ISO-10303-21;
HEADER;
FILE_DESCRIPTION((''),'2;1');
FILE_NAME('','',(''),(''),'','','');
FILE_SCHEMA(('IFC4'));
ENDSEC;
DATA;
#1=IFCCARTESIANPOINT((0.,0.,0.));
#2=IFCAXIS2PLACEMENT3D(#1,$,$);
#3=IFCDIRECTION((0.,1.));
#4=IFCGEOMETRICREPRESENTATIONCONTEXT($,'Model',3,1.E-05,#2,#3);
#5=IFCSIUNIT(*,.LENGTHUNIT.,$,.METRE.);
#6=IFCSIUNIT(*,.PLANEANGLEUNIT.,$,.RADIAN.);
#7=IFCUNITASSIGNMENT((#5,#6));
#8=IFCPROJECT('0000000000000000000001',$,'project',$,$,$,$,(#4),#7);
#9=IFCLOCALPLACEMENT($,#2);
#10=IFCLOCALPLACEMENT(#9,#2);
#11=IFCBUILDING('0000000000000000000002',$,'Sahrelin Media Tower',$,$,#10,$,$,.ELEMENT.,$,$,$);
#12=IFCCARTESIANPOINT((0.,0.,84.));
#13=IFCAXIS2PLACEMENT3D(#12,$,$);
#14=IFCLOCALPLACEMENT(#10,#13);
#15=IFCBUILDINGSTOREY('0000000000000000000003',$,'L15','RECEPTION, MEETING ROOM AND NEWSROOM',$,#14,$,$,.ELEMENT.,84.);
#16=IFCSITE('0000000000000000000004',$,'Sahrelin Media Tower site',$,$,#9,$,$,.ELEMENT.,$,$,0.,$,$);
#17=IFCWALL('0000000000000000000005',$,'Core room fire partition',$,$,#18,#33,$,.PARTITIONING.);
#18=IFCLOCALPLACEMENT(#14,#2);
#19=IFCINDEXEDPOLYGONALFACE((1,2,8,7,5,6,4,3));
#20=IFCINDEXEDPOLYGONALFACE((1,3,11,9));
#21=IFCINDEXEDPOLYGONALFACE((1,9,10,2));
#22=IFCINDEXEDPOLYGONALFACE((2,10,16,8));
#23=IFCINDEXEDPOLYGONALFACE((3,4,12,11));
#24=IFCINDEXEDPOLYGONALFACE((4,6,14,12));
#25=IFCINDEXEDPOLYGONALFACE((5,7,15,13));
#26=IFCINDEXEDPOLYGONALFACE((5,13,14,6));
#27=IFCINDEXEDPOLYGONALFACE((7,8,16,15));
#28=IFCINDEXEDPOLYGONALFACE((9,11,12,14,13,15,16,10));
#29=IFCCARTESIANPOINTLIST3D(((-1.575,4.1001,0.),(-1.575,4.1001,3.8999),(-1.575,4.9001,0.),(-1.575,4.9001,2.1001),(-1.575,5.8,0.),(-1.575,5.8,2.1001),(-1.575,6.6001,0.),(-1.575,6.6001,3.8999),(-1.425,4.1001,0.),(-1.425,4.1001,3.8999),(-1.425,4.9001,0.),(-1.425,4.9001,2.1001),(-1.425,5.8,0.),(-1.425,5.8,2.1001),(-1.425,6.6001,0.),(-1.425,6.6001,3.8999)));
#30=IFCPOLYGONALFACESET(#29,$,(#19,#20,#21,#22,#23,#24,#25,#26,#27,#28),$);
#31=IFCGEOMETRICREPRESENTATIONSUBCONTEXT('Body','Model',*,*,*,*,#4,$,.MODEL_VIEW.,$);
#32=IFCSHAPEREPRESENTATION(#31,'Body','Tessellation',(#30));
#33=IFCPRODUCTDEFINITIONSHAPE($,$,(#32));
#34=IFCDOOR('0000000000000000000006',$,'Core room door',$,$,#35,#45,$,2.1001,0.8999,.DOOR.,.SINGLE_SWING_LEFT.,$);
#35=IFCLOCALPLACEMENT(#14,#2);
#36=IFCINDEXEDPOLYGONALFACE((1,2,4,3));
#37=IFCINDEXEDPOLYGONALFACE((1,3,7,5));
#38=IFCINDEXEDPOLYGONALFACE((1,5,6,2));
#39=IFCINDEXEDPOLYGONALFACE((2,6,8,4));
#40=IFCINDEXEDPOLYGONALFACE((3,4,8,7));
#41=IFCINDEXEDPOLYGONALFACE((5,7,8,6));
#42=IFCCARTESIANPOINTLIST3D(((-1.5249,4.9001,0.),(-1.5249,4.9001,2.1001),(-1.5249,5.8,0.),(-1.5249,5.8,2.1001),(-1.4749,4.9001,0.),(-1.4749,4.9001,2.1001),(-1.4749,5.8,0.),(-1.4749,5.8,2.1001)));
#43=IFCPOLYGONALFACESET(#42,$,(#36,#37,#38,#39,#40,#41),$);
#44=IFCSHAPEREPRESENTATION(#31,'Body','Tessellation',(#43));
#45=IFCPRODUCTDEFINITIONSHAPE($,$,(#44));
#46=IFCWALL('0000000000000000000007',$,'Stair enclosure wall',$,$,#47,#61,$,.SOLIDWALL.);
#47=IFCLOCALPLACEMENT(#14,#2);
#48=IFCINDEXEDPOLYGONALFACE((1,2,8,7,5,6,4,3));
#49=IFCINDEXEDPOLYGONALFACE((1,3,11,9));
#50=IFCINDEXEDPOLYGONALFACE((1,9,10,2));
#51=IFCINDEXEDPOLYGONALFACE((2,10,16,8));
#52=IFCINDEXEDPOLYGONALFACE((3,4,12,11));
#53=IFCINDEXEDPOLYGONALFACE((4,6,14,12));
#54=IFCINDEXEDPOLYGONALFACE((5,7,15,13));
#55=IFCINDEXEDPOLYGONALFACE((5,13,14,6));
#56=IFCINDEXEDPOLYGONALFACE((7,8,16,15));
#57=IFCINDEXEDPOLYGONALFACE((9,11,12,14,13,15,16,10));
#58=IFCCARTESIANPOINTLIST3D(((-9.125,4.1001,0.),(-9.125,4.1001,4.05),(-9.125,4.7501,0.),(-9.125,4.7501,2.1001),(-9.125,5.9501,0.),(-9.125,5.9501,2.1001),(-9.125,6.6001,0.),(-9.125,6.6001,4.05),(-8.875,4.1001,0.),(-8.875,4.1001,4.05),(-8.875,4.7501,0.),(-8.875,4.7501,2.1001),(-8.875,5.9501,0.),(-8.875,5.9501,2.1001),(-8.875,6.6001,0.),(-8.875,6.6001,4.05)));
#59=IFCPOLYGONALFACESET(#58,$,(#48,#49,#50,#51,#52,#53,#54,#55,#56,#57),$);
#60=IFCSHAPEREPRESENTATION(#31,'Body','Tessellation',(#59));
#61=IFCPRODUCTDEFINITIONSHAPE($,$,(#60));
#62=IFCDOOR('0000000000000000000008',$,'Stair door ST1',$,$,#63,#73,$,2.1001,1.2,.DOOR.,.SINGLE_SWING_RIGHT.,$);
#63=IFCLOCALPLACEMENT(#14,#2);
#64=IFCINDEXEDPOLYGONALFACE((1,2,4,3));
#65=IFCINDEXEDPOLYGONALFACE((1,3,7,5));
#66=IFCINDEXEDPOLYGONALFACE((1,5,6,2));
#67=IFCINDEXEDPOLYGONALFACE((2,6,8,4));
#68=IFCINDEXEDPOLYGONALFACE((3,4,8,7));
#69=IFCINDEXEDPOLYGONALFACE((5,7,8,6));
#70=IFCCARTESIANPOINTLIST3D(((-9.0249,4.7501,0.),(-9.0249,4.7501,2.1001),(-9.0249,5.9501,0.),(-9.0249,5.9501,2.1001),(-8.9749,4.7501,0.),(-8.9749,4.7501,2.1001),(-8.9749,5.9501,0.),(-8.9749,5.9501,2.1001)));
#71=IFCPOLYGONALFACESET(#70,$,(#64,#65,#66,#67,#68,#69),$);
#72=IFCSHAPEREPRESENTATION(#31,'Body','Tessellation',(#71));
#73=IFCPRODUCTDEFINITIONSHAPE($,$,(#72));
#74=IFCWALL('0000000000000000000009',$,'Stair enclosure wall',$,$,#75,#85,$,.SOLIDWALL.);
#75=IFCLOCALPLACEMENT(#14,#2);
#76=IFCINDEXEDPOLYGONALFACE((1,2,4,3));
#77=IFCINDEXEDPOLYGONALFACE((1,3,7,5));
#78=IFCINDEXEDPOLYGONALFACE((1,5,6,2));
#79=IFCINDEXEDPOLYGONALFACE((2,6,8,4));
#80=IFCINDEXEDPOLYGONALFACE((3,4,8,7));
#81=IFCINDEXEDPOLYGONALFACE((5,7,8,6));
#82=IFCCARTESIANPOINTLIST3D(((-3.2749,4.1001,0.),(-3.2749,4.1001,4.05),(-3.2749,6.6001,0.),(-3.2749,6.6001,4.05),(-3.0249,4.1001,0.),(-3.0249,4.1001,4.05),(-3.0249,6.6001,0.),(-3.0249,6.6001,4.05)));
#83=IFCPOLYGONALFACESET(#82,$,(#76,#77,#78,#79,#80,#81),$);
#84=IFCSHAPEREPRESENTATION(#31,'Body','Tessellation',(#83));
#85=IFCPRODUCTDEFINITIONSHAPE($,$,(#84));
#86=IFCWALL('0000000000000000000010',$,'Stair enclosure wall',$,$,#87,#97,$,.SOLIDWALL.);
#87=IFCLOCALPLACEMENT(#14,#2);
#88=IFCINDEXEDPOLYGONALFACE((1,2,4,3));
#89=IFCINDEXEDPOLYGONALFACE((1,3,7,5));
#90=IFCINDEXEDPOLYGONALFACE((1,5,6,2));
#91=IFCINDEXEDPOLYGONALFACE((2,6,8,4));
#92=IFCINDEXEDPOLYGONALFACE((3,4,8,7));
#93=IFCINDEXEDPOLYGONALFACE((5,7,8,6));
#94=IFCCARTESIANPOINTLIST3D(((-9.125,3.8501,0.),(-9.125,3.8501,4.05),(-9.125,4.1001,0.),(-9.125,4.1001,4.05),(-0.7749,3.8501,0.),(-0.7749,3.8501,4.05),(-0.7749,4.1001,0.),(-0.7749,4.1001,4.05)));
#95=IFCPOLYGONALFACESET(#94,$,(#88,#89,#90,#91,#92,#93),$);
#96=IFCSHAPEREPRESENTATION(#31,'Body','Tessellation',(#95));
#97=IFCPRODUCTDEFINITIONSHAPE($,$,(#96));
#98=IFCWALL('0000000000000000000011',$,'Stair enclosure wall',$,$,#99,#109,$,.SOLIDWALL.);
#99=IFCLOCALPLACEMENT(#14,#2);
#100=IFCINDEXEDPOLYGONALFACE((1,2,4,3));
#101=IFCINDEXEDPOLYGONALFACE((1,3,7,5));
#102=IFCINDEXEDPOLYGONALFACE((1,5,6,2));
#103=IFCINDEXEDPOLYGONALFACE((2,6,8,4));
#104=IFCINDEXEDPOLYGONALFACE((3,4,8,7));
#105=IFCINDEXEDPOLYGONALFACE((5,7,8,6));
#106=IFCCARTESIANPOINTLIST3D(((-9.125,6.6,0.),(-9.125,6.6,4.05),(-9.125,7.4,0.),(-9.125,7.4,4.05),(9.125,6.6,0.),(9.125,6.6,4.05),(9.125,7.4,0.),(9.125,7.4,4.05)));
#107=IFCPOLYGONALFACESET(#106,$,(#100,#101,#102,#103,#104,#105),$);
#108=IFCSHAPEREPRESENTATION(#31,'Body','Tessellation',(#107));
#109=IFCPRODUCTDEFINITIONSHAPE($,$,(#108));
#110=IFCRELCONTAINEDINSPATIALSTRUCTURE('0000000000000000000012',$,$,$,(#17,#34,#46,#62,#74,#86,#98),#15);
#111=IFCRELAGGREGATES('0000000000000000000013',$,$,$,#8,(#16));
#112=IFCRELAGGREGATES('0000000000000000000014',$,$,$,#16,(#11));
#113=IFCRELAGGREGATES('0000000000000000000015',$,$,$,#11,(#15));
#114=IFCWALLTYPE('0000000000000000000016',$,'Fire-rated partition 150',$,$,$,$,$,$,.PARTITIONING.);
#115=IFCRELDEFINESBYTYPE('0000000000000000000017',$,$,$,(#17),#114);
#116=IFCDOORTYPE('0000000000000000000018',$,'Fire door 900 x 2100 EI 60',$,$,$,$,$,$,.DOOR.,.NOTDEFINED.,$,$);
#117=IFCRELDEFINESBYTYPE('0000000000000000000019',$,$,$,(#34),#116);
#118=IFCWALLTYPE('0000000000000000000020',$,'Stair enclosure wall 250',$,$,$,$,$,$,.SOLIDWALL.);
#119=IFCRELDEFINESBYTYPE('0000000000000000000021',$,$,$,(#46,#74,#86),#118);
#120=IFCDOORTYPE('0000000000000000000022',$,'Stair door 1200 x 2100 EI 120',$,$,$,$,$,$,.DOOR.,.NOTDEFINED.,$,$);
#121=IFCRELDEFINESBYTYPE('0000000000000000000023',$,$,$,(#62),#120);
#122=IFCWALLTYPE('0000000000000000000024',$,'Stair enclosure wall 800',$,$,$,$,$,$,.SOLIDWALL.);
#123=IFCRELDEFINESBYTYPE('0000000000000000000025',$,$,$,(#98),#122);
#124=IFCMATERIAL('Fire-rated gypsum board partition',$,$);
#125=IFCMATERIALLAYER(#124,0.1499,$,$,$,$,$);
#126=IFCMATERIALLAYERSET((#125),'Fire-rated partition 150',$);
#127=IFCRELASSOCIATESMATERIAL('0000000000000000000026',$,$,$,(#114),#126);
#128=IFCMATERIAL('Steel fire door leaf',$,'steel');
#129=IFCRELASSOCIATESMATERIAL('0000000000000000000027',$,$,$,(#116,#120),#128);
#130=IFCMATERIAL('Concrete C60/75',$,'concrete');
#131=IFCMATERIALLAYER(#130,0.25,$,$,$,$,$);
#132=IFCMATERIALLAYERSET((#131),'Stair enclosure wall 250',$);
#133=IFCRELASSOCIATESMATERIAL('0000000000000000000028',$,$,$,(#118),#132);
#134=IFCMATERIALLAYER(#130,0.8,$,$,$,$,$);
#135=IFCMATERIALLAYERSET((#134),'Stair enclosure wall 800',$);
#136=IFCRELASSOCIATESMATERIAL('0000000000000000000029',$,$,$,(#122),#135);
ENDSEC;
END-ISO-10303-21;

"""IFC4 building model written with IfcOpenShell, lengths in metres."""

from ifc_helpers import new_model, si_unit, direction, frame, frame_2d, origin, place, context, subcontext, project, spatial, rectangle, extrude, material, layer, layer_set, type_object, element, fill, save


model = new_model("IFC4")

# Units and contexts
model_context = context("Model", 3, precision=1e-05, world=origin(), true_north=direction((0.0, 1.0)))
body_context = subcontext(model_context, "Body", "Model", "MODEL_VIEW")
ifc_project = project(units=[si_unit("LENGTHUNIT", "METRE"), si_unit("PLANEANGLEUNIT", "RADIAN")], contexts=[model_context])

# Site, building, storey
site_placement = place(None, origin())
site = spatial("IfcSite", under=ifc_project, at=site_placement, Name="Sahrelin Media Tower site", CompositionType="ELEMENT", RefElevation=0.0)
building_placement = place(site_placement, origin())
building = spatial("IfcBuilding", under=site, at=building_placement, Name="Sahrelin Media Tower", CompositionType="ELEMENT")
storey_placement = place(building_placement, frame((0.0, 0.0, 84.0)))
storey = spatial("IfcBuildingStorey", under=building, at=storey_placement, Name="L15", Description="RECEPTION, MEETING ROOM AND NEWSROOM", CompositionType="ELEMENT", Elevation=84.0)

# Shared definitions
ifc_material_1 = material(Name="Concrete C60/75", Category="concrete")
ifc_material_2 = material(Name="Steel fire door leaf", Category="steel")

# Shared definitions
ifc_material_3 = material(Name="Fire-rated gypsum board partition")

# Walls, openings, doors
ifc_layer_1 = layer(ifc_material_3, 0.1499)
ifc_layer_set_1 = layer_set([ifc_layer_1], Name="Fire-rated partition 150")
wall_type_1 = type_object("IfcWallType", Name="Fire-rated partition 150", PredefinedType="PARTITIONING", material=ifc_layer_set_1)
wall_1_placement = place(storey_placement, frame((-1.5, 4.1001, 0.0), z_axis=(0.0, 0.0, 1.0), x_axis=(0.0, 1.0, 0.0)))
wall_1 = element("IfcWall", 1, at=wall_1_placement, inside=storey, type_object=wall_type_1, Name="Core room fire partition", PredefinedType="PARTITIONING", context=body_context, shape_type="SweptSolid", body=[
    extrude(rectangle(XDim=2.5, YDim=0.1499, at=frame_2d((1.25, 0.0))), origin(), (0.0, 0.0, 1.0), 3.8999),
])
opening_1_placement = place(wall_1_placement, frame((0.8, 0.0, 0.0)))
opening_1 = element("IfcOpeningElement", 2, at=opening_1_placement, cuts=wall_1, PredefinedType="OPENING", context=body_context, shape_type="SweptSolid", body=[
    extrude(rectangle(XDim=0.8999, YDim=2.1001, at=frame_2d((0.45, 1.05))), frame((0.0, 0.075, 0.0), z_axis=(0.0, -1.0, 0.0), x_axis=(1.0, 0.0, 0.0)), (0.0, 0.0, 1.0), 0.1499),
])
door_type_1 = type_object("IfcDoorType", Name="Fire door 900 x 2100 EI 60", OperationType="NOTDEFINED", PredefinedType="DOOR", material=ifc_material_2)
door_1_placement = place(opening_1_placement, origin())
door_1 = element("IfcDoor", 3, at=door_1_placement, inside=storey, type_object=door_type_1, Name="Core room door", OperationType="SINGLE_SWING_LEFT", OverallHeight=2.1001, OverallWidth=0.8999, PredefinedType="DOOR", context=body_context, shape_type="SweptSolid", body=[
    extrude(rectangle(XDim=0.8999, YDim=2.1001, at=frame_2d((0.45, 1.05))), frame((0.0, 0.0249, 0.0), z_axis=(0.0, -1.0, 0.0), x_axis=(1.0, 0.0, 0.0)), (0.0, 0.0, 1.0), 0.05),
])
fill(opening_1, door_1)
ifc_layer_2 = layer(ifc_material_1, 0.25)
ifc_layer_set_2 = layer_set([ifc_layer_2], Name="Stair enclosure wall 250")
wall_type_2 = type_object("IfcWallType", Name="Stair enclosure wall 250", PredefinedType="SOLIDWALL", material=ifc_layer_set_2)
wall_2_placement = place(storey_placement, frame((-9.0, 4.1001, 0.0), z_axis=(0.0, 0.0, 1.0), x_axis=(0.0, 1.0, 0.0)))
wall_2 = element("IfcWall", 4, at=wall_2_placement, inside=storey, type_object=wall_type_2, Name="Stair enclosure wall", PredefinedType="SOLIDWALL", context=body_context, shape_type="SweptSolid", body=[
    extrude(rectangle(XDim=2.5, YDim=0.25, at=frame_2d((1.25, 0.0))), origin(), (0.0, 0.0, 1.0), 4.05),
])
opening_2_placement = place(wall_2_placement, frame((0.6499, 0.0, 0.0)))
opening_2 = element("IfcOpeningElement", 5, at=opening_2_placement, cuts=wall_2, PredefinedType="OPENING", context=body_context, shape_type="SweptSolid", body=[
    extrude(rectangle(XDim=1.2, YDim=2.1001, at=frame_2d((0.6001, 1.05))), frame((0.0, 0.125, 0.0), z_axis=(0.0, -1.0, 0.0), x_axis=(1.0, 0.0, 0.0)), (0.0, 0.0, 1.0), 0.25),
])
door_type_2 = type_object("IfcDoorType", Name="Stair door 1200 x 2100 EI 120", OperationType="NOTDEFINED", PredefinedType="DOOR", material=ifc_material_2)
door_2_placement = place(opening_2_placement, origin())
door_2 = element("IfcDoor", 6, at=door_2_placement, inside=storey, type_object=door_type_2, Name="Stair door ST1", OperationType="SINGLE_SWING_RIGHT", OverallHeight=2.1001, OverallWidth=1.2, PredefinedType="DOOR", context=body_context, shape_type="SweptSolid", body=[
    extrude(rectangle(XDim=1.2, YDim=2.1001, at=frame_2d((0.6001, 1.05))), frame((0.0, 0.0249, 0.0), z_axis=(0.0, -1.0, 0.0), x_axis=(1.0, 0.0, 0.0)), (0.0, 0.0, 1.0), 0.05),
])
fill(opening_2, door_2)

# Walls
wall_3_placement = place(storey_placement, frame((-3.1499, 4.1001, 0.0), z_axis=(0.0, 0.0, 1.0), x_axis=(0.0, 1.0, 0.0)))
element("IfcWall", 7, at=wall_3_placement, inside=storey, type_object=wall_type_2, Name="Stair enclosure wall", PredefinedType="SOLIDWALL", context=body_context, shape_type="SweptSolid", body=[
    extrude(rectangle(XDim=2.5, YDim=0.25, at=frame_2d((1.25, 0.0))), origin(), (0.0, 0.0, 1.0), 4.05),
])
wall_4_placement = place(storey_placement, frame((-9.125, 3.9751, 0.0), z_axis=(0.0, 0.0, 1.0), x_axis=(1.0, 0.0, 0.0)))
element("IfcWall", 8, at=wall_4_placement, inside=storey, type_object=wall_type_2, Name="Stair enclosure wall", PredefinedType="SOLIDWALL", context=body_context, shape_type="SweptSolid", body=[
    extrude(rectangle(XDim=8.3501, YDim=0.25, at=frame_2d((4.175, 0.0))), origin(), (0.0, 0.0, 1.0), 4.05),
])
ifc_layer_3 = layer(ifc_material_1, 0.8)
ifc_layer_set_3 = layer_set([ifc_layer_3], Name="Stair enclosure wall 800")
wall_type_3 = type_object("IfcWallType", Name="Stair enclosure wall 800", PredefinedType="SOLIDWALL", material=ifc_layer_set_3)
wall_5_placement = place(storey_placement, frame((-9.125, 7.0, 0.0), z_axis=(0.0, 0.0, 1.0), x_axis=(1.0, 0.0, 0.0)))
element("IfcWall", 9, at=wall_5_placement, inside=storey, type_object=wall_type_3, Name="Stair enclosure wall", PredefinedType="SOLIDWALL", context=body_context, shape_type="SweptSolid", body=[
    extrude(rectangle(XDim=18.25, YDim=0.8, at=frame_2d((9.125, 0.0))), origin(), (0.0, 0.0, 1.0), 4.05),
])

save(model, "model.ifc")
